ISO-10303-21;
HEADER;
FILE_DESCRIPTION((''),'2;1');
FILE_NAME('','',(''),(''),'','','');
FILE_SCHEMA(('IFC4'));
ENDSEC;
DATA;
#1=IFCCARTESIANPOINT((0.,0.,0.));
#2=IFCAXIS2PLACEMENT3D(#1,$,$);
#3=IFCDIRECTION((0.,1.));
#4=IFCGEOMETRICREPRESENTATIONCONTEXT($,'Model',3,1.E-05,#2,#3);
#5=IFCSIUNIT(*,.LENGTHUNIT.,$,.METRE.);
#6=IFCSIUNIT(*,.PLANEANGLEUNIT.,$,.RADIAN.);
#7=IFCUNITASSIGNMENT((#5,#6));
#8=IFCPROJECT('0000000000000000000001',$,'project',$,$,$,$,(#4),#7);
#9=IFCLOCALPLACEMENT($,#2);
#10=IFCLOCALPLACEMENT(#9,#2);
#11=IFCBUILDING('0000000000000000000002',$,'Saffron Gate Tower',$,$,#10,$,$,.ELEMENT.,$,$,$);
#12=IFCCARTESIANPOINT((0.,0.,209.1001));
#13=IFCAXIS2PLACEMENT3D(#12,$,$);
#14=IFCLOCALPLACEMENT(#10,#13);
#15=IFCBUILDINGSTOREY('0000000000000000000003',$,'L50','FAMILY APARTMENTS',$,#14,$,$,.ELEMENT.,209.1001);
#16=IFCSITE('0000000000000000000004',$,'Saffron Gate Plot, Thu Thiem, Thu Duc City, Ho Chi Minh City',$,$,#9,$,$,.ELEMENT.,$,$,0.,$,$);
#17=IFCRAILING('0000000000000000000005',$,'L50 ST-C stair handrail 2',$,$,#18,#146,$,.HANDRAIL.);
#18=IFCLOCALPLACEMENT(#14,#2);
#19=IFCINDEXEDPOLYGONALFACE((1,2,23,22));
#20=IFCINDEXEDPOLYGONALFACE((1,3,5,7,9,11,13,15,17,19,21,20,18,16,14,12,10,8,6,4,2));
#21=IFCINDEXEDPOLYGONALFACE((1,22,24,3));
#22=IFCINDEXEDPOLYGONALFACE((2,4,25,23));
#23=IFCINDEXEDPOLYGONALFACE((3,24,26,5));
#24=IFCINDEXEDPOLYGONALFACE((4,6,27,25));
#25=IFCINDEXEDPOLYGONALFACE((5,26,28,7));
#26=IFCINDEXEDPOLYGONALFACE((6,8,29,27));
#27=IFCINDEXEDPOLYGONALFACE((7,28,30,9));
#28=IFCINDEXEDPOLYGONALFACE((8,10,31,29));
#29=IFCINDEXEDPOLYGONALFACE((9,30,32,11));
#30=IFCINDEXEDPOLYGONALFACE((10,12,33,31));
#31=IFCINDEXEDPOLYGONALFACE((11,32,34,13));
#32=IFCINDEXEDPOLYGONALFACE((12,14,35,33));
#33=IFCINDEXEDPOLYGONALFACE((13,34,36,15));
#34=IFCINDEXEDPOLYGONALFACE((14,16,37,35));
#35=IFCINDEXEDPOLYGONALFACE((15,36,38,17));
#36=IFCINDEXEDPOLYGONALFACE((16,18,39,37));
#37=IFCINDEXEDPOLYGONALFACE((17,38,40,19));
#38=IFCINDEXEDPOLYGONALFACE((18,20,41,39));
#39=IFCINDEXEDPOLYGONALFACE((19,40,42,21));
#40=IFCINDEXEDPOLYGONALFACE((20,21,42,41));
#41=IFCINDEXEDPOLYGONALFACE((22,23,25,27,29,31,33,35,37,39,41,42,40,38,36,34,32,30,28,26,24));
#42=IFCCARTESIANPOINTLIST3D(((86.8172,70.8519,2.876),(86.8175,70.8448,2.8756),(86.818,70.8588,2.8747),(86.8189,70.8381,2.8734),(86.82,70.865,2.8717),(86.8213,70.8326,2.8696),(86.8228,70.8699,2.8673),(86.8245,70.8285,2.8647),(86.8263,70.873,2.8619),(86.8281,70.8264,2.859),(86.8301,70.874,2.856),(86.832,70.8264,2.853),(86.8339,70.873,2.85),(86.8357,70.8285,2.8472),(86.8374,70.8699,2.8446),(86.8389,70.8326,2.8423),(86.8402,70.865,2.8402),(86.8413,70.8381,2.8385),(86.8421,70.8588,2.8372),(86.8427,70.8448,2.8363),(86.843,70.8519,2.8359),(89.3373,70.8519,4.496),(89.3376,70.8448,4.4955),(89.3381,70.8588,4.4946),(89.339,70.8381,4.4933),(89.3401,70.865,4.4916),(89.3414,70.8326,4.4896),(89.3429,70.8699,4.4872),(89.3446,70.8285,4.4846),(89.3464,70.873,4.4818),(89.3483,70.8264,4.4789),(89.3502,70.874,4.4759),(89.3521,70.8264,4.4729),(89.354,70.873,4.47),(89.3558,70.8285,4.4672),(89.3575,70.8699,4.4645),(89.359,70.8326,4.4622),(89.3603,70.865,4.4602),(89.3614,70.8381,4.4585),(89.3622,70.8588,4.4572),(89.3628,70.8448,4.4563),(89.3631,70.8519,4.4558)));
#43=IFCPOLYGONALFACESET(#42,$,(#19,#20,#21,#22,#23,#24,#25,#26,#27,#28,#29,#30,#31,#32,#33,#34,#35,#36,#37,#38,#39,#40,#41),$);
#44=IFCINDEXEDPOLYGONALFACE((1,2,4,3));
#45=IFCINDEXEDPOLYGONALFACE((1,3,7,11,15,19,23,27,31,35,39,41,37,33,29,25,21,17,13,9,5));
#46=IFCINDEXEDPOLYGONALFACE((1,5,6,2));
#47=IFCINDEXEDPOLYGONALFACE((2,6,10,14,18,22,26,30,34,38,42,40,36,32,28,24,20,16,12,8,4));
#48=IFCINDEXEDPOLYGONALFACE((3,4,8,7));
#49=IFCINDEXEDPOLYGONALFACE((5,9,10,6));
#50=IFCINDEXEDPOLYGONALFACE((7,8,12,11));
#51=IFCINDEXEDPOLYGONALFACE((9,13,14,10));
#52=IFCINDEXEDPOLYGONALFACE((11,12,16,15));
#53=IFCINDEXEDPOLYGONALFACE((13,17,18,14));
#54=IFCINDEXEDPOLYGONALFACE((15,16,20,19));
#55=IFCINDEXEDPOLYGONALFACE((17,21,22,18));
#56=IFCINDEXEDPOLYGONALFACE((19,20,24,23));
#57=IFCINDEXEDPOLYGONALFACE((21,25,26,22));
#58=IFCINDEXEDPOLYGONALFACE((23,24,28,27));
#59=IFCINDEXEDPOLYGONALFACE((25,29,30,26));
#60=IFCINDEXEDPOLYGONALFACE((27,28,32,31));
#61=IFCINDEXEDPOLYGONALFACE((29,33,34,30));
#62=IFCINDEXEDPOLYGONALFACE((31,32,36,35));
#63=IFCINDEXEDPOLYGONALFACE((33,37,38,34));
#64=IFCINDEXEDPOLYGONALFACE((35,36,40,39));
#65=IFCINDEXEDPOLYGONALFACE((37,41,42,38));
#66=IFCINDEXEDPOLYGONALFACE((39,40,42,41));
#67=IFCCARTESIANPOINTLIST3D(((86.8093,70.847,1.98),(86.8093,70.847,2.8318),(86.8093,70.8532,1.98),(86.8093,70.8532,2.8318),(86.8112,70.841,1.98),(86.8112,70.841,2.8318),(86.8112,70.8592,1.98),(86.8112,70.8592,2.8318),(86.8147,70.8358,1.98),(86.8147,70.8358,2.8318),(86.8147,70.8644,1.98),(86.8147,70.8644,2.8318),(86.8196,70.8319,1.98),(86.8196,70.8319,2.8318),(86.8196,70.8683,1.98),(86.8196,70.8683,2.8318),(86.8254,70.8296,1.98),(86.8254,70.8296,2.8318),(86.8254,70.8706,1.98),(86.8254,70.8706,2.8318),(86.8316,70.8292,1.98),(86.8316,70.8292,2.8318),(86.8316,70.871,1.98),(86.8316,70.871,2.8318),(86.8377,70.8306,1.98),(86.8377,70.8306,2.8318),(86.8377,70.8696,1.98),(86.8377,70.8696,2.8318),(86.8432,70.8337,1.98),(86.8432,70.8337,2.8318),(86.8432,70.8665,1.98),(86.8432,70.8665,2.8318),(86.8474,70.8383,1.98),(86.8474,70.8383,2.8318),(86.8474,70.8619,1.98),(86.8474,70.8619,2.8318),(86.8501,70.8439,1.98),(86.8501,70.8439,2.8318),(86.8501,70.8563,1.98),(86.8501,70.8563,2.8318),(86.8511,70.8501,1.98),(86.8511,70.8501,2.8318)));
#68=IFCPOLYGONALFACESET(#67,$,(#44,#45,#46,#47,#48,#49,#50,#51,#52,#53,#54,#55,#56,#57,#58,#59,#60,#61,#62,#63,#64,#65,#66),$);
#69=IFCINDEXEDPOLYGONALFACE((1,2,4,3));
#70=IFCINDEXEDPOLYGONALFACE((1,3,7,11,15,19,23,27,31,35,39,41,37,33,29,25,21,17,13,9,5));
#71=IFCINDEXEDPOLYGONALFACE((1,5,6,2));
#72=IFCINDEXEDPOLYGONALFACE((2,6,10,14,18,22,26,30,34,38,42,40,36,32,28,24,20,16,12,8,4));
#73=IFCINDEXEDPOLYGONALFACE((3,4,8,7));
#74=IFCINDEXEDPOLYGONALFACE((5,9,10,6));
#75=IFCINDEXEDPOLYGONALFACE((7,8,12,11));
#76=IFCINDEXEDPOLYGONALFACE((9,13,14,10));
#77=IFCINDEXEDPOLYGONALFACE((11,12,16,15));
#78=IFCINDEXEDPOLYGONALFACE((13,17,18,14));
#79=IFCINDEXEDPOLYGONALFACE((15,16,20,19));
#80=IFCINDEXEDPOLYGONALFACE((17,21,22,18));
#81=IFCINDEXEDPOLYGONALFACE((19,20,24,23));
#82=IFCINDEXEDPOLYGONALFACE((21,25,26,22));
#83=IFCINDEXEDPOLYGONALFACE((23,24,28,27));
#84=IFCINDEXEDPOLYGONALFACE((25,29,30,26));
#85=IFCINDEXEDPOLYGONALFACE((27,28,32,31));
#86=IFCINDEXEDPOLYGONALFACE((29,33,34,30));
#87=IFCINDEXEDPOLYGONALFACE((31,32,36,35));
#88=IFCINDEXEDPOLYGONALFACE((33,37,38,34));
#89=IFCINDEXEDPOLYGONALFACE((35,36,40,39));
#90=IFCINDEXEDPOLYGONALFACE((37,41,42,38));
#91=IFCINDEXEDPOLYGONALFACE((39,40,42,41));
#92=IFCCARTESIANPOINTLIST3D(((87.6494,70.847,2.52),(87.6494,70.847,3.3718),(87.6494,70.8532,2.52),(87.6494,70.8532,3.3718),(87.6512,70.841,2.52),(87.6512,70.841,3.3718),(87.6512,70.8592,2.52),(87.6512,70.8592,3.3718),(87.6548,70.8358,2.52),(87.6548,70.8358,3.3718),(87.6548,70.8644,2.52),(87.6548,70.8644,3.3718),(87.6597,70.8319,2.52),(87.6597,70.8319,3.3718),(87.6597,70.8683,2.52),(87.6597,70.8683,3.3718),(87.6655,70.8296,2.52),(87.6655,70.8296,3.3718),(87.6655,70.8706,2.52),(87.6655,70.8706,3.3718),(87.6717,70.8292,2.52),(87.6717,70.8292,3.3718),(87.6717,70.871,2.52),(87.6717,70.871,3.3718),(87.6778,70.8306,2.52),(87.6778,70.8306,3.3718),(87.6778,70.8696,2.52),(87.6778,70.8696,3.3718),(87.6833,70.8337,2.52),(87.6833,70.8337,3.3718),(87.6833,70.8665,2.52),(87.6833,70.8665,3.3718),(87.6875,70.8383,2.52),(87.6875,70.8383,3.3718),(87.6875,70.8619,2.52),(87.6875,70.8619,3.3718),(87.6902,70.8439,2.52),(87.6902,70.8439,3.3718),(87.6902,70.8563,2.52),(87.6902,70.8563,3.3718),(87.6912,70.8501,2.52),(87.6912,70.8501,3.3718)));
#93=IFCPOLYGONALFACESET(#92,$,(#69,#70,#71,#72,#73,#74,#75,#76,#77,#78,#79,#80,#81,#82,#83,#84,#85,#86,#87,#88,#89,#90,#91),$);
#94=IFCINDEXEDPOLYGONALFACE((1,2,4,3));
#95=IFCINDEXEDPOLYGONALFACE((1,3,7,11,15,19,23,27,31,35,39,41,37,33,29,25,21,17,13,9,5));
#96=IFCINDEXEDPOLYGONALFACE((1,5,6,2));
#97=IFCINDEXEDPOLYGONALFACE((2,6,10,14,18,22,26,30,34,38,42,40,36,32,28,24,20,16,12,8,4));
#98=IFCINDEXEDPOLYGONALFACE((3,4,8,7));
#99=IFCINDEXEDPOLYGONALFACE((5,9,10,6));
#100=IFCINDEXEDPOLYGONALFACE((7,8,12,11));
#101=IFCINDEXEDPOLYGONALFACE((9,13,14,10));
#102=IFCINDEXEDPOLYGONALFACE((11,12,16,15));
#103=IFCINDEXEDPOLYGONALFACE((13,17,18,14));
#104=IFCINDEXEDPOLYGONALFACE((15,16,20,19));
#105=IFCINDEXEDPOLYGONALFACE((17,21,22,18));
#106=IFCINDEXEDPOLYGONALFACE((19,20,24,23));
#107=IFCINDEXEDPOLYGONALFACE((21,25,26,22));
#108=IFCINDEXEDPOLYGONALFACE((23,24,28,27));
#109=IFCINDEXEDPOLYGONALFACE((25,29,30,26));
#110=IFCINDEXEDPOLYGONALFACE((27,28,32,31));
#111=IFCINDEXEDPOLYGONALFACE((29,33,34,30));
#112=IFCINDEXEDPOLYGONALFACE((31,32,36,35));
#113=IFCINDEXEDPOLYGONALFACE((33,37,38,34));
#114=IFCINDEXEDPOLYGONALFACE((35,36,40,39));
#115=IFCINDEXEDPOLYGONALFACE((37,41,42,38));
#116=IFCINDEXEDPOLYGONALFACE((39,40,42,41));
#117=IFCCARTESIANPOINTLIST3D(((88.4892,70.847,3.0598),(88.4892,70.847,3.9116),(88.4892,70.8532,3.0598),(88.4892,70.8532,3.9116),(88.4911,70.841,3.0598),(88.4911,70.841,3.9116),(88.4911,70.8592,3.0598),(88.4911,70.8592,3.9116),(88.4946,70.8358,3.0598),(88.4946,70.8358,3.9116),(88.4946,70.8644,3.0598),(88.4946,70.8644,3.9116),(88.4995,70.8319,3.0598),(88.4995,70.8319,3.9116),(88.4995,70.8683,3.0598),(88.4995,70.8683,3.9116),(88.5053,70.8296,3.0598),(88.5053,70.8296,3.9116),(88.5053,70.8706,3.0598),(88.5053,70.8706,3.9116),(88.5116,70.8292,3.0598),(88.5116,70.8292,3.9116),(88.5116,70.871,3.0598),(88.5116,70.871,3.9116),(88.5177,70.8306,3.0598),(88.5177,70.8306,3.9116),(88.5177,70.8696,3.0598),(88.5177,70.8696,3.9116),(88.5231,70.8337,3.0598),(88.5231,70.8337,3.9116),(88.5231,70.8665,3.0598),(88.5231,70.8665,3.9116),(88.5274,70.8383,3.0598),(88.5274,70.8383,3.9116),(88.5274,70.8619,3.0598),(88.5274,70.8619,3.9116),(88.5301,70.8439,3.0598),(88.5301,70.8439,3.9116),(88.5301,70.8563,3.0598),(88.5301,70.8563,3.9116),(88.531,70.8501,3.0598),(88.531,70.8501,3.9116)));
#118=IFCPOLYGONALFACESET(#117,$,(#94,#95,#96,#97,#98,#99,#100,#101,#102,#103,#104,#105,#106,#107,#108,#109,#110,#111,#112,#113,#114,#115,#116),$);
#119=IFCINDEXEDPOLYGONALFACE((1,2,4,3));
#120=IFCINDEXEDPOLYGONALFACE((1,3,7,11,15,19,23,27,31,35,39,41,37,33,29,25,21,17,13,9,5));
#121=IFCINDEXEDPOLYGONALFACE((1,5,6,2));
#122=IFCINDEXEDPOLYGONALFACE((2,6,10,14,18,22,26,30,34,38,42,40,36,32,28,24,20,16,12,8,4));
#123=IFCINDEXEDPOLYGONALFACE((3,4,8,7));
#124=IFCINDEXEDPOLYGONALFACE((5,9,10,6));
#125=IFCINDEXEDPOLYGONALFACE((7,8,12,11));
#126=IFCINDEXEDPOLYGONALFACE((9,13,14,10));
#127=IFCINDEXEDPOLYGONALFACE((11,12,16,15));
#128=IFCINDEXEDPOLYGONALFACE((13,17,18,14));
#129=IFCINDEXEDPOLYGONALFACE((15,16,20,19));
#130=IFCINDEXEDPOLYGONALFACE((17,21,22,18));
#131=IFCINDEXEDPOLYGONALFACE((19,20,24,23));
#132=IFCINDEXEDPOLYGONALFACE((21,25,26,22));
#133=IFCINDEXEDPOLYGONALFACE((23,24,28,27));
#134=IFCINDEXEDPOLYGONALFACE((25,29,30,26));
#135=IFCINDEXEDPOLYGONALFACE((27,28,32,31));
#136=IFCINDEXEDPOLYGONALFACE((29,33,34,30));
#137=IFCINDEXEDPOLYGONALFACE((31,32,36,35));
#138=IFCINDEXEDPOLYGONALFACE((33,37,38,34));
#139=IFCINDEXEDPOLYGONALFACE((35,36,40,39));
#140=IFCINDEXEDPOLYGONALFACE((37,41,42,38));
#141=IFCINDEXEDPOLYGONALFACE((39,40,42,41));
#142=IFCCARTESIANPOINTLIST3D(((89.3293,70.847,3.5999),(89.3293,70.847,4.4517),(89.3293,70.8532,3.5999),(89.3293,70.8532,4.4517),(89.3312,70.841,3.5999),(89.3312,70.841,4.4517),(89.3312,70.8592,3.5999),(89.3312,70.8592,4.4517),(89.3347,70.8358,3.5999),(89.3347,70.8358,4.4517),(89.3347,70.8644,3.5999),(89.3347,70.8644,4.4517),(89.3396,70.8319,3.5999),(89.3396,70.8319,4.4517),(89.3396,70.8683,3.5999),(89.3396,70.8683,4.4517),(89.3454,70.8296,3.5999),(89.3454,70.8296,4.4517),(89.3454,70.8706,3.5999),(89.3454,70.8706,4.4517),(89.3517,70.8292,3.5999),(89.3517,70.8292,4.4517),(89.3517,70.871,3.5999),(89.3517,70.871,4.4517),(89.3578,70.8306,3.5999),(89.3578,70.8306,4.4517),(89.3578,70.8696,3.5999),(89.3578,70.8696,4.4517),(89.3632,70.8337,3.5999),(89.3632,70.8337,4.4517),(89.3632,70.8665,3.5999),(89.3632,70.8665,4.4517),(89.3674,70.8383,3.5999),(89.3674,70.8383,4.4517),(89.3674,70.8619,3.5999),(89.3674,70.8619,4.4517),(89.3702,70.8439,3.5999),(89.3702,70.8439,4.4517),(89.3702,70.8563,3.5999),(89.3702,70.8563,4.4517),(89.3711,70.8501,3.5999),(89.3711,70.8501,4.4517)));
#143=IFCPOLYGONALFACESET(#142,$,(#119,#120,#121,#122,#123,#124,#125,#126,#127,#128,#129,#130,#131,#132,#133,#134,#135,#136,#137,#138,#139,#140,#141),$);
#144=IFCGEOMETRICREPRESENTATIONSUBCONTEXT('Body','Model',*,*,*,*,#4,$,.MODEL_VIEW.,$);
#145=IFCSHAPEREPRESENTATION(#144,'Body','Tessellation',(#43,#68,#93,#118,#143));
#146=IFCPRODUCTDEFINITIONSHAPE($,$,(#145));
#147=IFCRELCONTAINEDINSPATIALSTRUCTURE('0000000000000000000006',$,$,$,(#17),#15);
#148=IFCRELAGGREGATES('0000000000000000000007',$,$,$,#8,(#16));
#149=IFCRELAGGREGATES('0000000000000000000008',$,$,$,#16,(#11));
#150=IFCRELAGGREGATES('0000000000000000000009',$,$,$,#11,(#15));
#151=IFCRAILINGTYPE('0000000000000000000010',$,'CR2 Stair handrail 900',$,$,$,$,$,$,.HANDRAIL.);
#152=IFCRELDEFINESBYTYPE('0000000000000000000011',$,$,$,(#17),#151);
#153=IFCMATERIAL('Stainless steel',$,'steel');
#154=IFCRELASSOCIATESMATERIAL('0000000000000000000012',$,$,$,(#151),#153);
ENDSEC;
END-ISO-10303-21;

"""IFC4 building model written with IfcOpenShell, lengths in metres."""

from ifc_helpers import new_model, si_unit, direction, frame, origin, origin_2d, place, context, subcontext, project, spatial, circle, extrude, material, type_object, element, save


model = new_model("IFC4")

# Units and contexts
model_context = context("Model", 3, precision=1e-05, world=origin(), true_north=direction((0.0, 1.0)))
body_context = subcontext(model_context, "Body", "Model", "MODEL_VIEW")
ifc_project = project(units=[si_unit("LENGTHUNIT", "METRE"), si_unit("PLANEANGLEUNIT", "RADIAN")], contexts=[model_context])

# Site, building, storey
site_placement = place(None, origin())
site = spatial("IfcSite", under=ifc_project, at=site_placement, Name="Saffron Gate Plot, Thu Thiem, Thu Duc City, Ho Chi Minh City", CompositionType="ELEMENT", RefElevation=0.0)
building_placement = place(site_placement, origin())
building = spatial("IfcBuilding", under=site, at=building_placement, Name="Saffron Gate Tower", CompositionType="ELEMENT")
storey_placement = place(building_placement, frame((0.0, 0.0, 209.1001)))
storey = spatial("IfcBuildingStorey", under=building, at=storey_placement, Name="L50", Description="FAMILY APARTMENTS", CompositionType="ELEMENT", Elevation=209.1001)

# Railing
ifc_material_1 = material(Name="Stainless steel", Category="steel")
railing_type_1 = type_object("IfcRailingType", Name="CR2 Stair handrail 900", PredefinedType="HANDRAIL", material=ifc_material_1)
railing_1_placement = place(storey_placement, frame((86.8301, 70.8501, 1.98)))
element("IfcRailing", 1, at=railing_1_placement, inside=storey, type_object=railing_type_1, Name="L50 ST-C stair handrail 2", PredefinedType="HANDRAIL", context=body_context, shape_type="SweptSolid", body=[
    extrude(circle(Radius=0.0239, at=origin_2d()), frame((0.0, 0.0, 0.876), z_axis=(0.8412, 0.0, 0.540725), x_axis=(0.0, 1.0, 0.0)), (0.0, 0.0, 1.0), 2.9958),
    extrude(circle(Radius=0.021, at=origin_2d()), origin(), (0.0, 0.0, 1.0), 0.8518),
    extrude(circle(Radius=0.021, at=origin_2d()), frame((0.8401, 0.0, 0.54)), (0.0, 0.0, 1.0), 0.8518),
    extrude(circle(Radius=0.021, at=origin_2d()), frame((1.6799, 0.0, 1.0798)), (0.0, 0.0, 1.0), 0.8518),
    extrude(circle(Radius=0.021, at=origin_2d()), frame((2.52, 0.0, 1.6199)), (0.0, 0.0, 1.0), 0.8518),
])

save(model, "model.ifc")
